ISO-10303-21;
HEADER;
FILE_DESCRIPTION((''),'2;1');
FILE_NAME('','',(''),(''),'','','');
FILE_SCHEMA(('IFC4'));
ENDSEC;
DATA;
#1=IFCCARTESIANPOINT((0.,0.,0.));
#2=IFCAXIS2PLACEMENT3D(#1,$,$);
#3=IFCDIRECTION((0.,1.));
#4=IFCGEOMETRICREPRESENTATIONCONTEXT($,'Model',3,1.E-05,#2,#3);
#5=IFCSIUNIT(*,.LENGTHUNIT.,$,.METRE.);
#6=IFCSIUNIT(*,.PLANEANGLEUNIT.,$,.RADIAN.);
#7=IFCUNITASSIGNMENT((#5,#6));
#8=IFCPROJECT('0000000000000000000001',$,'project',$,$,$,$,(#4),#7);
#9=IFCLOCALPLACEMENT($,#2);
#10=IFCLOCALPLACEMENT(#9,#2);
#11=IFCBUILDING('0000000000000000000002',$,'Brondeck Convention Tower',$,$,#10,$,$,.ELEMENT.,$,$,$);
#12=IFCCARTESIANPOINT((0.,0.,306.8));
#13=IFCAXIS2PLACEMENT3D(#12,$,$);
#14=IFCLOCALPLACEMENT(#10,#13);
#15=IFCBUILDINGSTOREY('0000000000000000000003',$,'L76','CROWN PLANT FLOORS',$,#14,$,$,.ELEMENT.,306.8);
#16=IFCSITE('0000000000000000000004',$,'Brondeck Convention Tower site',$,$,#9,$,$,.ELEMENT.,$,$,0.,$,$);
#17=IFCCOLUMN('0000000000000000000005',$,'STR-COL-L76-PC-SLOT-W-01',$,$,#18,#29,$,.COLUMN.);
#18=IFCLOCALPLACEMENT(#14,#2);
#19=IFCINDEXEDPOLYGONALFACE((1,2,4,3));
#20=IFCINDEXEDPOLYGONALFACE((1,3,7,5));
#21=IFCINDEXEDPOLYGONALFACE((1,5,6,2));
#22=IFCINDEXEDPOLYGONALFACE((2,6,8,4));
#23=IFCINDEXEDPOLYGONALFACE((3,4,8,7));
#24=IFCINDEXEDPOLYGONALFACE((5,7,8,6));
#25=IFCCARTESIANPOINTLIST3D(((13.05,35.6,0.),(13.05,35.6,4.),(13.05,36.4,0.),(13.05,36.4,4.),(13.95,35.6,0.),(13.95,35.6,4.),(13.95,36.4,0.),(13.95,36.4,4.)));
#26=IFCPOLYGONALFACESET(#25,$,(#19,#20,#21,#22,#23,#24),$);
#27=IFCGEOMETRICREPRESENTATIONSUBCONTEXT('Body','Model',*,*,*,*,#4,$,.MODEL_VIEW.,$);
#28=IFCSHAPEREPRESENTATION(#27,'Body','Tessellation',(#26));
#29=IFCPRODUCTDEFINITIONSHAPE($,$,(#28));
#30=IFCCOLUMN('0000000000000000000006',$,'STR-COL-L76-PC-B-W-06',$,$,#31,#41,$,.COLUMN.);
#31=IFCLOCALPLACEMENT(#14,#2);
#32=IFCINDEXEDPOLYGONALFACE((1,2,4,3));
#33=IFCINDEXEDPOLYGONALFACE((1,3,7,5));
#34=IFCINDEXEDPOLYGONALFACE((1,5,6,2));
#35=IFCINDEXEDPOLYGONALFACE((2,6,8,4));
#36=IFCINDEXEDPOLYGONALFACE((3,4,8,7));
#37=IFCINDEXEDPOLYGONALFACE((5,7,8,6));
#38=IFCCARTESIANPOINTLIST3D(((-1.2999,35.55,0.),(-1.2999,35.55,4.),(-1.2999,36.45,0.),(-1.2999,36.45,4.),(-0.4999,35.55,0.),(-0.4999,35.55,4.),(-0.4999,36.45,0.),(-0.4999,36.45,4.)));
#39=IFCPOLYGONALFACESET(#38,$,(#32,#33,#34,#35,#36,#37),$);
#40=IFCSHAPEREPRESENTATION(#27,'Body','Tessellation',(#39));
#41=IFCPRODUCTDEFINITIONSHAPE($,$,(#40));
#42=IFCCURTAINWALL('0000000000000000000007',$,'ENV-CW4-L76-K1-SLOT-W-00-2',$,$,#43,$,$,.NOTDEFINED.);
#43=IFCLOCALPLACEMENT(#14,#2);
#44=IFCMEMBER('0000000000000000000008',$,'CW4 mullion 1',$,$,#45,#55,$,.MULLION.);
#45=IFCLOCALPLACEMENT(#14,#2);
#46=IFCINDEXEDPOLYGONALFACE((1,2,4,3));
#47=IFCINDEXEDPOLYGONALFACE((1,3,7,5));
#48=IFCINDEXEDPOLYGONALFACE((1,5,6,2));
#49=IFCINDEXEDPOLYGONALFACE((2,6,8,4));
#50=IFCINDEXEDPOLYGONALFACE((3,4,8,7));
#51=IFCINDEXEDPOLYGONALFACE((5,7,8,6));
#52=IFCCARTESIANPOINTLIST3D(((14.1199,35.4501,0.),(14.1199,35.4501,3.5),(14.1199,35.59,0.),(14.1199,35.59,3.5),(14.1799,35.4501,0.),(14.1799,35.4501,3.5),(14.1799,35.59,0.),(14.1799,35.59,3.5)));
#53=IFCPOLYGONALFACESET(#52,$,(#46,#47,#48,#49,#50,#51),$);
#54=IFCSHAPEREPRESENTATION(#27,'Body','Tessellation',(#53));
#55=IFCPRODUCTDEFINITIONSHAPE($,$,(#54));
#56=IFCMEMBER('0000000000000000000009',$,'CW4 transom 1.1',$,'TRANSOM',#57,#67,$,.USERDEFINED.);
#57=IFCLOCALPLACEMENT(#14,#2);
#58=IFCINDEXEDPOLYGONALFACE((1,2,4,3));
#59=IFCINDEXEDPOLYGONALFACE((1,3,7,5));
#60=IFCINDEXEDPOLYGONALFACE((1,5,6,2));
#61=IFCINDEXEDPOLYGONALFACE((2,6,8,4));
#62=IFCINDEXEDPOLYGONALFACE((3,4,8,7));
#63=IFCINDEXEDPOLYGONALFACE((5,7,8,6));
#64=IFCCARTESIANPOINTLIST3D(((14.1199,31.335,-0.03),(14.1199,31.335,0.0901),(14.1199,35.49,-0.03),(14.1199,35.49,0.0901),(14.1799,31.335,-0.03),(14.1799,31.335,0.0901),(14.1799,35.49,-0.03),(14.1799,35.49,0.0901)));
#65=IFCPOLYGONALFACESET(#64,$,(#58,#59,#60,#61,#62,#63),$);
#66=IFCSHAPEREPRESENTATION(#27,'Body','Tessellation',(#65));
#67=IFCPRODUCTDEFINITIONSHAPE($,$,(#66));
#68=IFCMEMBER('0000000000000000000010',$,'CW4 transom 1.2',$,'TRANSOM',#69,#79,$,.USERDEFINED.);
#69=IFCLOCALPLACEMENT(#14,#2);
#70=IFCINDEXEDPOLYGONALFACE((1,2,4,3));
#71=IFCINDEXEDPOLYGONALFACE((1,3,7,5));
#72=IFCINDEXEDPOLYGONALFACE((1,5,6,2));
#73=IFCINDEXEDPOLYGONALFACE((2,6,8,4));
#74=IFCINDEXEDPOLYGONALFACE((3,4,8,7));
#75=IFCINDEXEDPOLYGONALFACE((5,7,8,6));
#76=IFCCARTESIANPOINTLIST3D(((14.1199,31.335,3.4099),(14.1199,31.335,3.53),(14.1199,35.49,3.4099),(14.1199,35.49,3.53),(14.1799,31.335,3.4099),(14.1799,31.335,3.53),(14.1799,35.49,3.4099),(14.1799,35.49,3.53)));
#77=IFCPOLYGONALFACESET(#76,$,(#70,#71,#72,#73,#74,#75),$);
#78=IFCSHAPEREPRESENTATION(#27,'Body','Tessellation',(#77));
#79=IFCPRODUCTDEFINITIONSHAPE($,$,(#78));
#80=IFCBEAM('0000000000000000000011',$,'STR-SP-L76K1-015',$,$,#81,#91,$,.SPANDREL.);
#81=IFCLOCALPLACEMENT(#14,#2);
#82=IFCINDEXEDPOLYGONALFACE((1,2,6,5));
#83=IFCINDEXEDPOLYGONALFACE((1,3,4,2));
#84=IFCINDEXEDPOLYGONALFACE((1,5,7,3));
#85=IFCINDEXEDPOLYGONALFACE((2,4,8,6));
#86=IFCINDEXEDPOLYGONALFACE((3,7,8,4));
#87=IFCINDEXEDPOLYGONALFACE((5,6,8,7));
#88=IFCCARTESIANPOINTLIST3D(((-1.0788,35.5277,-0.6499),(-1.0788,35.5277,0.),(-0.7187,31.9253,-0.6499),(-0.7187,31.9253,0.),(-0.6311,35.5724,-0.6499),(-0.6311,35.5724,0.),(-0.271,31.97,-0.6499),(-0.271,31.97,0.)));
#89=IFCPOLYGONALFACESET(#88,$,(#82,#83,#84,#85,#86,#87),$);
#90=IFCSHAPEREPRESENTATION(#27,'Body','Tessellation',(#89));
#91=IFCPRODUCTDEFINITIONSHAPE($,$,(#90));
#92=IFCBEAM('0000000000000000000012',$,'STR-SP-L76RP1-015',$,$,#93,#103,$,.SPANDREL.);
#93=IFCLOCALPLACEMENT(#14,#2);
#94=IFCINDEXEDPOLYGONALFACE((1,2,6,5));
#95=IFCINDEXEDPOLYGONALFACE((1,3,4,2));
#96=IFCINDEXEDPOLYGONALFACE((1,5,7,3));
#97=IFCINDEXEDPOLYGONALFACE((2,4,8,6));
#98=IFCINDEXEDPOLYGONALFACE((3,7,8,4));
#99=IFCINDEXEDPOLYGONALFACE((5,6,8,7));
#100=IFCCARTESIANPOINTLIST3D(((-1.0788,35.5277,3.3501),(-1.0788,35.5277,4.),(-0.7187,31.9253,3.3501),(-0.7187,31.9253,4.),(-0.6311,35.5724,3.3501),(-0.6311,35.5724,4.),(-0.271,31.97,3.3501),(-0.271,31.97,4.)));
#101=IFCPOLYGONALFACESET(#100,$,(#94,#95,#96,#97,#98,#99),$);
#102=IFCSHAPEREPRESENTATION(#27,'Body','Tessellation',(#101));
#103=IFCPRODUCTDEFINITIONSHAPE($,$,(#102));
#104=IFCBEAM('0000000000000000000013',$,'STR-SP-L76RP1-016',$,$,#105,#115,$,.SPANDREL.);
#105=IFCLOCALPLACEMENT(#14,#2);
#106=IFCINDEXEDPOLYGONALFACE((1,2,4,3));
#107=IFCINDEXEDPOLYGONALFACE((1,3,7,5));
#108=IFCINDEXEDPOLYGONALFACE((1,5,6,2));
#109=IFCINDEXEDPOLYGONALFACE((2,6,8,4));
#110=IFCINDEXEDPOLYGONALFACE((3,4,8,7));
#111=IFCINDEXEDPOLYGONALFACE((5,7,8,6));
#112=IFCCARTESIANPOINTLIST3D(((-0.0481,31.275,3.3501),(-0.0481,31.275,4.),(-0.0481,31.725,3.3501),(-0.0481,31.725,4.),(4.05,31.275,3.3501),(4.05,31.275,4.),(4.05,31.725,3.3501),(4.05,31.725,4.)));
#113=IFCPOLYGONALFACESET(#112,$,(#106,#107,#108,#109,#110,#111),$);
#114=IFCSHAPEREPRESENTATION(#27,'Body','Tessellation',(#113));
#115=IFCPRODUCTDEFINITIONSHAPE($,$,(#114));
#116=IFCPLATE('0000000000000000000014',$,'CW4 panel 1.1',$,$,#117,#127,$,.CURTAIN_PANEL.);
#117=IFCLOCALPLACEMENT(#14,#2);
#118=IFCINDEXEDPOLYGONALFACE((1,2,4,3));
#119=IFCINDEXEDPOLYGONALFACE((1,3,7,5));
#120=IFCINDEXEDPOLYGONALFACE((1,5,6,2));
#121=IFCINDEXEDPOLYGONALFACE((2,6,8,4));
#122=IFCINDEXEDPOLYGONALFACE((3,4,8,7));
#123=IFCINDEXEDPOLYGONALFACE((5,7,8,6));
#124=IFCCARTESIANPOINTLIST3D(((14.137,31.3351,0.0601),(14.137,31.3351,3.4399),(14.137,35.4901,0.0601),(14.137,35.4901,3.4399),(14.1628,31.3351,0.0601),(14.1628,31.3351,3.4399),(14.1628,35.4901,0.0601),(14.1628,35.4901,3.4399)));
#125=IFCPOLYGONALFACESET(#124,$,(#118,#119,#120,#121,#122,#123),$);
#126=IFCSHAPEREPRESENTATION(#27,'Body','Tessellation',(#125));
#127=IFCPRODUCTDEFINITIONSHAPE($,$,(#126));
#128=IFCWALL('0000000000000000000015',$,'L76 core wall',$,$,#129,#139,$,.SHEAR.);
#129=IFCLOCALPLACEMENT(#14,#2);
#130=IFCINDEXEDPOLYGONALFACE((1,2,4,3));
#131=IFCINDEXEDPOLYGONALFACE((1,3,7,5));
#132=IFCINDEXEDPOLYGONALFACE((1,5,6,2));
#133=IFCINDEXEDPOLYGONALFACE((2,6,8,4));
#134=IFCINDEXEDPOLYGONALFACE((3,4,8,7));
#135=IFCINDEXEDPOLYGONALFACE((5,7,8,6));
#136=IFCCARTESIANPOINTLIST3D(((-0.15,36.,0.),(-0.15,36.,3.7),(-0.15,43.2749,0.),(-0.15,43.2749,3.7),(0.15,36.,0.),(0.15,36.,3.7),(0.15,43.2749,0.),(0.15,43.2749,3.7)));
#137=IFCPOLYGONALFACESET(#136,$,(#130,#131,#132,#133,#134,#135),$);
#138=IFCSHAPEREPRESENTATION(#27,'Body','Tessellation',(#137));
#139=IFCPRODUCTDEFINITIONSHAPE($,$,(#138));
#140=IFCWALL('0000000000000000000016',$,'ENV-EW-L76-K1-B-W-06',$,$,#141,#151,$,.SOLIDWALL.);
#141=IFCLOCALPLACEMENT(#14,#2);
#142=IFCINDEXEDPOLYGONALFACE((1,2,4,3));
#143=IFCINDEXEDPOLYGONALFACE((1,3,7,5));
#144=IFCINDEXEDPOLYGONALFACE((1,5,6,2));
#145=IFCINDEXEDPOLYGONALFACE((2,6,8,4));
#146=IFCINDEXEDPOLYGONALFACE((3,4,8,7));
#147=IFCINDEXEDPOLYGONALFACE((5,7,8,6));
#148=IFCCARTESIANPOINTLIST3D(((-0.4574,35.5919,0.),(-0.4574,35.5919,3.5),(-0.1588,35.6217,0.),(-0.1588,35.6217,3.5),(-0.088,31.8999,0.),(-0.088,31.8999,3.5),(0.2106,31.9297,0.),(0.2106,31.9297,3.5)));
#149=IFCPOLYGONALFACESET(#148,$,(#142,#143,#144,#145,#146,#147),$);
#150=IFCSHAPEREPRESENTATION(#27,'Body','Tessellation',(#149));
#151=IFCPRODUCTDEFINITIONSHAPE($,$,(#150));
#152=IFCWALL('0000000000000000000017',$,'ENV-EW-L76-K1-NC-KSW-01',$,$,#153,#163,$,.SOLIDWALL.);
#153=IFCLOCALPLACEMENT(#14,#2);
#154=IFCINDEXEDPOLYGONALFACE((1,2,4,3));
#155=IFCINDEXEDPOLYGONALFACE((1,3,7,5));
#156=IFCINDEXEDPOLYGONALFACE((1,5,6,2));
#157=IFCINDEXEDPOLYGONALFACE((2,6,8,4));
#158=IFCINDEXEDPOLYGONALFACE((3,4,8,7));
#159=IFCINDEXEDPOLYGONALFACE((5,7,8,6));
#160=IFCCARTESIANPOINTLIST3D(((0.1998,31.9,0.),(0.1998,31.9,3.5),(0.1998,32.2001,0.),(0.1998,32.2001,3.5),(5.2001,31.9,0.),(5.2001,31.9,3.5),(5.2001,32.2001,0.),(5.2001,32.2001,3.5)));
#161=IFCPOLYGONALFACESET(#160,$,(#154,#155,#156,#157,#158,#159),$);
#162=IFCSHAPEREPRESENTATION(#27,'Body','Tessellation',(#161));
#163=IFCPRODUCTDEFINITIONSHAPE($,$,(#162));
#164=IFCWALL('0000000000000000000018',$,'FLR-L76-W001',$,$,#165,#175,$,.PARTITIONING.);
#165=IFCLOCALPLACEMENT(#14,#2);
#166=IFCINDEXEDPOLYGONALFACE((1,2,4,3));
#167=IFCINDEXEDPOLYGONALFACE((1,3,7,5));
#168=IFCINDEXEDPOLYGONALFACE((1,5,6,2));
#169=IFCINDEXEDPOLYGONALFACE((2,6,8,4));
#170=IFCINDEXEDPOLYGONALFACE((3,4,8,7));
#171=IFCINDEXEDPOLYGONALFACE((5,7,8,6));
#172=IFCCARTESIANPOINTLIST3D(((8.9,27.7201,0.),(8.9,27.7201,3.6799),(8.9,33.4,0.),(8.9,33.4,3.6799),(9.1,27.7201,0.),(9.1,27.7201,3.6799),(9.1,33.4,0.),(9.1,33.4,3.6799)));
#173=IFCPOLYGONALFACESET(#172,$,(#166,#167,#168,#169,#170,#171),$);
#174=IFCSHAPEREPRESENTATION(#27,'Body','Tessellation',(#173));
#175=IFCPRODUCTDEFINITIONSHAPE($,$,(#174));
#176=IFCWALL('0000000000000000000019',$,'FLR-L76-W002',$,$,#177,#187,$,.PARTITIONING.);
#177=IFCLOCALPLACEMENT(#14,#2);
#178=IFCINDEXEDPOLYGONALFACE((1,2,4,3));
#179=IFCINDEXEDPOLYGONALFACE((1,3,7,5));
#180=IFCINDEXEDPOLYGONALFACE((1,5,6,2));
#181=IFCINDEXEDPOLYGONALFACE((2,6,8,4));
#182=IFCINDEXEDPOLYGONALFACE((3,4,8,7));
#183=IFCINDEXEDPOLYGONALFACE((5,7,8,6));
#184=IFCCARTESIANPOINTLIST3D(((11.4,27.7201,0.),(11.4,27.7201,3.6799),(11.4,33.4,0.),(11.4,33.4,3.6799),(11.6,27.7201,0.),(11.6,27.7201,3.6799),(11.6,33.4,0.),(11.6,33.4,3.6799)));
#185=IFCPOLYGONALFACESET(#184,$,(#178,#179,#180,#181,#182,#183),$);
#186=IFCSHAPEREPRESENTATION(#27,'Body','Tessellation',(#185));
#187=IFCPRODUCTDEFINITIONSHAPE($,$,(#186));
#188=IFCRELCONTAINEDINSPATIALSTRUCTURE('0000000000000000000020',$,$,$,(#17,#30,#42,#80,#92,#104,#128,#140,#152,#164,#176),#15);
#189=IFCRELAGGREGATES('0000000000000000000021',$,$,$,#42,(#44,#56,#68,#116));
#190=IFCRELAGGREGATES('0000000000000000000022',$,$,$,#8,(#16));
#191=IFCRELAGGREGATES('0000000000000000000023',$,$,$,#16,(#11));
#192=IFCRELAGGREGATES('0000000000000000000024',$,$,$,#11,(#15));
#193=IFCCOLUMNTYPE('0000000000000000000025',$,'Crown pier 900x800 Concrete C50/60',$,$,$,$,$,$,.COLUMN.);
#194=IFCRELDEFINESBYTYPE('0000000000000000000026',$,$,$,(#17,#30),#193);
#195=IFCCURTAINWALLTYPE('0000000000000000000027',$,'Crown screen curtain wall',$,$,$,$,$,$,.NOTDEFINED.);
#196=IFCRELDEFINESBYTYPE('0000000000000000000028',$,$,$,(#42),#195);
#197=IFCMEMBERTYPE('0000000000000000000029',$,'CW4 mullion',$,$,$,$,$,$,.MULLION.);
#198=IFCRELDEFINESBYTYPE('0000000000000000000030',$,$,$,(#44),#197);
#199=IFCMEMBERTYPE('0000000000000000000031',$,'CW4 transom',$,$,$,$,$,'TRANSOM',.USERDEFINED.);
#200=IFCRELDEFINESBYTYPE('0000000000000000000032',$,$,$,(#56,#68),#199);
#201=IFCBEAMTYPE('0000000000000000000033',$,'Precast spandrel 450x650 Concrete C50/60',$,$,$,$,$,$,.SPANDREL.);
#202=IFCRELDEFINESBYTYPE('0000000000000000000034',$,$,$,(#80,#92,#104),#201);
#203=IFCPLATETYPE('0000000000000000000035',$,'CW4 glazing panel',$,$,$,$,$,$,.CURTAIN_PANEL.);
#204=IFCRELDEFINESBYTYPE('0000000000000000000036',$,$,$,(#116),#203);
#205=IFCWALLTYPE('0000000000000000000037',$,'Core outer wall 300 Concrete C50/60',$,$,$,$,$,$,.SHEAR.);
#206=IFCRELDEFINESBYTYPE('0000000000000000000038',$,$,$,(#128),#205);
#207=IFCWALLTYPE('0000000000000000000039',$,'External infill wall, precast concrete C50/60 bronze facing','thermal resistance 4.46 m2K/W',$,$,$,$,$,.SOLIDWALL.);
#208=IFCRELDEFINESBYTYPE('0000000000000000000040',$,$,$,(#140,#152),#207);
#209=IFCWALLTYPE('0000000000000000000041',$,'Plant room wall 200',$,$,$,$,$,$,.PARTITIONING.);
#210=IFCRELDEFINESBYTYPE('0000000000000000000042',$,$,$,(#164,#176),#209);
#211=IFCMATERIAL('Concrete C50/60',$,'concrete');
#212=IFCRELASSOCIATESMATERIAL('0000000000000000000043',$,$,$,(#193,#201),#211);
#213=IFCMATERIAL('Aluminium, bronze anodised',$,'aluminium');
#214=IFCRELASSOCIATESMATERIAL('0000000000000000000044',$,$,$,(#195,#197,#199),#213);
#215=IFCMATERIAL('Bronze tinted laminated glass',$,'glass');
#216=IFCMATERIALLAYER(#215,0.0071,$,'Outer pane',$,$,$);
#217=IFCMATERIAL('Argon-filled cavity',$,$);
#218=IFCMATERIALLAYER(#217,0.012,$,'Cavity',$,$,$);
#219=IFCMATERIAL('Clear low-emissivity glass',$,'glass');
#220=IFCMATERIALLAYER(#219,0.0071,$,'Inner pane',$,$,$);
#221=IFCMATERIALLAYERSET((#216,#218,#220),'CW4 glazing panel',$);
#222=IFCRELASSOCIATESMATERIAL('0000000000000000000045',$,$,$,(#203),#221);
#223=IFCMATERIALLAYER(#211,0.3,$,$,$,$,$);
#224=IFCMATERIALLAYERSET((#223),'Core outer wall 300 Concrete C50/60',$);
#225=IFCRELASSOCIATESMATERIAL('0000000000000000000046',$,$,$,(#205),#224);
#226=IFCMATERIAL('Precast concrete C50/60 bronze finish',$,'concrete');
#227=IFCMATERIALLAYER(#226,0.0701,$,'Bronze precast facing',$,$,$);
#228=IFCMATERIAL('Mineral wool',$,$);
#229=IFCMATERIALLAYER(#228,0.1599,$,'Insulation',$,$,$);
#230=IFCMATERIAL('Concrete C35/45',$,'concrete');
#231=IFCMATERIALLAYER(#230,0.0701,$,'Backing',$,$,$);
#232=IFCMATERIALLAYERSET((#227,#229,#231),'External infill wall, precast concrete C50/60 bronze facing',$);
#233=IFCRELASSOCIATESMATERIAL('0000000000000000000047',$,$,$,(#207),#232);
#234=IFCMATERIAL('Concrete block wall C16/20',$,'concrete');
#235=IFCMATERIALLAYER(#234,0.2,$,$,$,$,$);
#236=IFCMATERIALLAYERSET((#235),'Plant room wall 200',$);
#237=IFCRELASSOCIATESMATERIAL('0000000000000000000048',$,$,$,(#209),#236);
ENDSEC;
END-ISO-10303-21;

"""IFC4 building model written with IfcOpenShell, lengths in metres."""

from ifc_helpers import new_model, si_unit, direction, frame, frame_2d, origin, origin_2d, place, context, subcontext, project, spatial, rectangle, extrude, material, layer, layer_set, material_profile, profile_set, type_object, element, aggregate, save


model = new_model("IFC4")

# Units and contexts
model_context = context("Model", 3, precision=1e-05, world=origin(), true_north=direction((0.0, 1.0)))
body_context = subcontext(model_context, "Body", "Model", "MODEL_VIEW")
ifc_project = project(units=[si_unit("LENGTHUNIT", "METRE"), si_unit("PLANEANGLEUNIT", "RADIAN")], contexts=[model_context])

# Site, building, storey
site_placement = place(None, origin())
site = spatial("IfcSite", under=ifc_project, at=site_placement, Name="Brondeck Convention Tower site", CompositionType="ELEMENT", RefElevation=0.0)
building_placement = place(site_placement, origin())
building = spatial("IfcBuilding", under=site, at=building_placement, Name="Brondeck Convention Tower", CompositionType="ELEMENT")
storey_placement = place(building_placement, frame((0.0, 0.0, 306.8)))
storey = spatial("IfcBuildingStorey", under=building, at=storey_placement, Name="L76", Description="CROWN PLANT FLOORS", CompositionType="ELEMENT", Elevation=306.8)

# Columns
ifc_material_1 = material(Name="Concrete C50/60", Category="concrete")
ifc_material_profile_1 = material_profile(ifc_material_1, rectangle(XDim=0.8999, YDim=0.8, at=origin_2d()), Name="Crown pier 900x800 Concrete C50/60")
ifc_profile_set_1 = profile_set([ifc_material_profile_1], Name="Concrete C50/60")
column_type = type_object("IfcColumnType", Name="Crown pier 900x800 Concrete C50/60", PredefinedType="COLUMN", material=ifc_profile_set_1)
for number, where, z_axis, x_axis, name in (
    (1, (13.5, 36.0, 0.0), (0.0, 0.0, 1.0), (1.0, 0.0, 0.0), "STR-COL-L76-PC-SLOT-W-01"),
    (2, (-0.8999, 36.0, 0.0), (0.0, 0.0, 1.0), (0.0, -1.0, 0.0), "STR-COL-L76-PC-B-W-06"),
):
    element("IfcColumn", number, at=place(storey_placement, frame(where, z_axis=z_axis, x_axis=x_axis)), inside=storey, type_object=column_type, Name=name, PredefinedType="COLUMN", context=body_context, shape_type="SweptSolid", body=[
        extrude(rectangle(XDim=0.8999, YDim=0.8, at=origin_2d()), origin(), (0.0, 0.0, 1.0), 4.0),
    ])

# Curtain wall, members
ifc_material_2 = material(Name="Aluminium, bronze anodised", Category="aluminium")
curtain_wall_type = type_object("IfcCurtainWallType", Name="Crown screen curtain wall", PredefinedType="NOTDEFINED", material=ifc_material_2)
curtain_wall_placement = place(storey_placement, origin())
curtain_wall = element("IfcCurtainWall", 3, at=curtain_wall_placement, inside=storey, type_object=curtain_wall_type, Name="ENV-CW4-L76-K1-SLOT-W-00-2", PredefinedType="NOTDEFINED")
ifc_material_profile_2 = material_profile(ifc_material_2, rectangle(XDim=0.0601, YDim=0.1399, at=origin_2d()), Name="CW4 mullion")
ifc_profile_set_2 = profile_set([ifc_material_profile_2], Name="Aluminium, bronze anodised")
member_type_1 = type_object("IfcMemberType", Name="CW4 mullion", PredefinedType="MULLION", material=ifc_profile_set_2)
member_1_placement = place(storey_placement, frame((14.1499, 35.52, 0.0), z_axis=(0.0, 0.0, 1.0), x_axis=(1.0, 0.0, 0.0)))
member_1 = element("IfcMember", 4, at=member_1_placement, type_object=member_type_1, Name="CW4 mullion 1", PredefinedType="MULLION", context=body_context, shape_type="SweptSolid", body=[
    extrude(rectangle(XDim=0.0601, YDim=0.1399, at=origin_2d()), origin(), (0.0, 0.0, 1.0), 3.5),
])
ifc_material_profile_3 = material_profile(ifc_material_2, rectangle(XDim=0.0601, YDim=0.1201, at=origin_2d()), Name="CW4 transom")
ifc_profile_set_3 = profile_set([ifc_material_profile_3], Name="Aluminium, bronze anodised")
member_type_2 = type_object("IfcMemberType", Name="CW4 transom", ElementType="TRANSOM", PredefinedType="USERDEFINED", material=ifc_profile_set_3)
member_2_placement = place(storey_placement, frame((14.1499, 35.49, 0.03), z_axis=(0.0, -1.0, 0.0), x_axis=(1.0, 0.0, 0.0)))
member_2 = element("IfcMember", 5, at=member_2_placement, type_object=member_type_2, Name="CW4 transom 1.1", ObjectType="TRANSOM", PredefinedType="USERDEFINED", context=body_context, shape_type="SweptSolid", body=[
    extrude(rectangle(XDim=0.0601, YDim=0.1201, at=origin_2d()), origin(), (0.0, 0.0, 1.0), 4.155),
])
member_3_placement = place(storey_placement, frame((14.1499, 35.49, 3.47), z_axis=(0.0, -1.0, 0.0), x_axis=(1.0, 0.0, 0.0)))
member_3 = element("IfcMember", 6, at=member_3_placement, type_object=member_type_2, Name="CW4 transom 1.2", ObjectType="TRANSOM", PredefinedType="USERDEFINED", context=body_context, shape_type="SweptSolid", body=[
    extrude(rectangle(XDim=0.0601, YDim=0.1201, at=origin_2d()), origin(), (0.0, 0.0, 1.0), 4.155),
])

# Beams
ifc_material_profile_4 = material_profile(ifc_material_1, rectangle(XDim=0.45, YDim=0.6499, at=origin_2d()), Name="Precast spandrel 450x650 Concrete C50/60")
ifc_profile_set_4 = profile_set([ifc_material_profile_4], Name="Concrete C50/60")
beam_type = type_object("IfcBeamType", Name="Precast spandrel 450x650 Concrete C50/60", PredefinedType="SPANDREL", material=ifc_profile_set_4)
for number, where, z_axis, x_axis, name in (
    (7, (-0.855, 35.55, -0.325), (0.09947, -0.995041, 0.0), (0.995041, 0.09947, 0.0), "STR-SP-L76K1-015"),
    (8, (-0.855, 35.55, 3.675), (0.09947, -0.995041, 0.0), (0.995041, 0.09947, 0.0), "STR-SP-L76RP1-015"),
):
    element("IfcBeam", number, at=place(storey_placement, frame(where, z_axis=z_axis, x_axis=x_axis)), inside=storey, type_object=beam_type, Name=name, PredefinedType="SPANDREL", context=body_context, shape_type="SweptSolid", body=[
        extrude(rectangle(XDim=0.45, YDim=0.6499, at=origin_2d()), origin(), (0.0, 0.0, 1.0), 3.6204),
    ])
beam_placement = place(storey_placement, frame((-0.0481, 31.5, 3.675), z_axis=(1.0, 0.0, 0.0), x_axis=(0.0, 1.0, 0.0)))
element("IfcBeam", 9, at=beam_placement, inside=storey, type_object=beam_type, Name="STR-SP-L76RP1-016", PredefinedType="SPANDREL", context=body_context, shape_type="SweptSolid", body=[
    extrude(rectangle(XDim=0.45, YDim=0.6499, at=origin_2d()), origin(), (0.0, 0.0, 1.0), 4.0981),
])

# Plate
ifc_material_3 = material(Name="Bronze tinted laminated glass", Category="glass")
ifc_layer_1 = layer(ifc_material_3, 0.0071, Name="Outer pane")
ifc_material_4 = material(Name="Argon-filled cavity")
ifc_layer_2 = layer(ifc_material_4, 0.012, Name="Cavity")
ifc_material_5 = material(Name="Clear low-emissivity glass", Category="glass")
ifc_layer_3 = layer(ifc_material_5, 0.0071, Name="Inner pane")
ifc_layer_set_1 = layer_set([ifc_layer_1, ifc_layer_2, ifc_layer_3], Name="CW4 glazing panel")
plate_type = type_object("IfcPlateType", Name="CW4 glazing panel", PredefinedType="CURTAIN_PANEL", material=ifc_layer_set_1)
plate_placement = place(storey_placement, frame((14.1499, 33.4126, 0.0601), z_axis=(0.0, 0.0, 1.0), x_axis=(0.0, -1.0, 0.0)))
plate = element("IfcPlate", 10, at=plate_placement, type_object=plate_type, Name="CW4 panel 1.1", PredefinedType="CURTAIN_PANEL", context=body_context, shape_type="SweptSolid", body=[
    extrude(rectangle(XDim=4.155, YDim=0.0259, at=origin_2d()), origin(), (0.0, 0.0, 1.0), 3.3799),
])
aggregate(curtain_wall, [member_1, member_2, member_3, plate])

# Walls
ifc_layer_4 = layer(ifc_material_1, 0.3)
ifc_layer_set_2 = layer_set([ifc_layer_4], Name="Core outer wall 300 Concrete C50/60")
wall_type_1 = type_object("IfcWallType", Name="Core outer wall 300 Concrete C50/60", PredefinedType="SHEAR", material=ifc_layer_set_2)
wall_1_placement = place(storey_placement, frame((0.0, 36.0, 0.0), z_axis=(0.0, 0.0, 1.0), x_axis=(0.0, 1.0, 0.0)))
element("IfcWall", 11, at=wall_1_placement, inside=storey, type_object=wall_type_1, Name="L76 core wall", PredefinedType="SHEAR", context=body_context, shape_type="SweptSolid", body=[
    extrude(rectangle(XDim=7.2749, YDim=0.3, at=frame_2d((3.6375, 0.0))), origin(), (0.0, 0.0, 1.0), 3.7),
])
ifc_material_6 = material(Name="Precast concrete C50/60 bronze finish", Category="concrete")
ifc_layer_5 = layer(ifc_material_6, 0.0701, Name="Bronze precast facing")
ifc_material_7 = material(Name="Mineral wool")
ifc_layer_6 = layer(ifc_material_7, 0.1599, Name="Insulation")
ifc_material_8 = material(Name="Concrete C35/45", Category="concrete")
ifc_layer_7 = layer(ifc_material_8, 0.0701, Name="Backing")
ifc_layer_set_3 = layer_set([ifc_layer_5, ifc_layer_6, ifc_layer_7], Name="External infill wall, precast concrete C50/60 bronze facing")
wall_type_2 = type_object("IfcWallType", Name="External infill wall, precast concrete C50/60 bronze facing", Description="thermal resistance 4.46 m2K/W", PredefinedType="SOLIDWALL", material=ifc_layer_set_3)
wall_2_placement = place(storey_placement, frame((0.0613, 31.9148, 0.0), z_axis=(0.0, 0.0, 1.0), x_axis=(-0.099549, 0.995033, 0.0)))
element("IfcWall", 12, at=wall_2_placement, inside=storey, type_object=wall_type_2, Name="ENV-EW-L76-K1-B-W-06", PredefinedType="SOLIDWALL", context=body_context, shape_type="SweptSolid", body=[
    extrude(rectangle(XDim=3.7104, YDim=0.3, at=frame_2d((1.8552, 0.0))), origin(), (0.0, 0.0, 1.0), 3.5),
])
wall_3_placement = place(storey_placement, frame((5.2, 32.05, 0.0), z_axis=(0.0, 0.0, 1.0), x_axis=(-1.0, 0.0, 0.0)))
element("IfcWall", 13, at=wall_3_placement, inside=storey, type_object=wall_type_2, Name="ENV-EW-L76-K1-NC-KSW-01", PredefinedType="SOLIDWALL", context=body_context, shape_type="SweptSolid", body=[
    extrude(rectangle(XDim=5.0002, YDim=0.3, at=frame_2d((2.5, 0.0))), origin(), (0.0, 0.0, 1.0), 3.5),
])
ifc_material_9 = material(Name="Concrete block wall C16/20", Category="concrete")
ifc_layer_8 = layer(ifc_material_9, 0.2)
ifc_layer_set_4 = layer_set([ifc_layer_8], Name="Plant room wall 200")
wall_type_3 = type_object("IfcWallType", Name="Plant room wall 200", PredefinedType="PARTITIONING", material=ifc_layer_set_4)
for number, where, z_axis, x_axis, name in (
    (14, (9.0, 33.3999, 0.0), (0.0, 0.0, 1.0), (0.0, -1.0, 0.0), "FLR-L76-W001"),
    (15, (11.5, 33.3999, 0.0), (0.0, 0.0, 1.0), (0.0, -1.0, 0.0), "FLR-L76-W002"),
):
    element("IfcWall", number, at=place(storey_placement, frame(where, z_axis=z_axis, x_axis=x_axis)), inside=storey, type_object=wall_type_3, Name=name, PredefinedType="PARTITIONING", context=body_context, shape_type="SweptSolid", body=[
        extrude(rectangle(XDim=5.6799, YDim=0.2, at=frame_2d((2.8398, 0.0))), origin(), (0.0, 0.0, 1.0), 3.6799),
    ])

save(model, "model.ifc")
